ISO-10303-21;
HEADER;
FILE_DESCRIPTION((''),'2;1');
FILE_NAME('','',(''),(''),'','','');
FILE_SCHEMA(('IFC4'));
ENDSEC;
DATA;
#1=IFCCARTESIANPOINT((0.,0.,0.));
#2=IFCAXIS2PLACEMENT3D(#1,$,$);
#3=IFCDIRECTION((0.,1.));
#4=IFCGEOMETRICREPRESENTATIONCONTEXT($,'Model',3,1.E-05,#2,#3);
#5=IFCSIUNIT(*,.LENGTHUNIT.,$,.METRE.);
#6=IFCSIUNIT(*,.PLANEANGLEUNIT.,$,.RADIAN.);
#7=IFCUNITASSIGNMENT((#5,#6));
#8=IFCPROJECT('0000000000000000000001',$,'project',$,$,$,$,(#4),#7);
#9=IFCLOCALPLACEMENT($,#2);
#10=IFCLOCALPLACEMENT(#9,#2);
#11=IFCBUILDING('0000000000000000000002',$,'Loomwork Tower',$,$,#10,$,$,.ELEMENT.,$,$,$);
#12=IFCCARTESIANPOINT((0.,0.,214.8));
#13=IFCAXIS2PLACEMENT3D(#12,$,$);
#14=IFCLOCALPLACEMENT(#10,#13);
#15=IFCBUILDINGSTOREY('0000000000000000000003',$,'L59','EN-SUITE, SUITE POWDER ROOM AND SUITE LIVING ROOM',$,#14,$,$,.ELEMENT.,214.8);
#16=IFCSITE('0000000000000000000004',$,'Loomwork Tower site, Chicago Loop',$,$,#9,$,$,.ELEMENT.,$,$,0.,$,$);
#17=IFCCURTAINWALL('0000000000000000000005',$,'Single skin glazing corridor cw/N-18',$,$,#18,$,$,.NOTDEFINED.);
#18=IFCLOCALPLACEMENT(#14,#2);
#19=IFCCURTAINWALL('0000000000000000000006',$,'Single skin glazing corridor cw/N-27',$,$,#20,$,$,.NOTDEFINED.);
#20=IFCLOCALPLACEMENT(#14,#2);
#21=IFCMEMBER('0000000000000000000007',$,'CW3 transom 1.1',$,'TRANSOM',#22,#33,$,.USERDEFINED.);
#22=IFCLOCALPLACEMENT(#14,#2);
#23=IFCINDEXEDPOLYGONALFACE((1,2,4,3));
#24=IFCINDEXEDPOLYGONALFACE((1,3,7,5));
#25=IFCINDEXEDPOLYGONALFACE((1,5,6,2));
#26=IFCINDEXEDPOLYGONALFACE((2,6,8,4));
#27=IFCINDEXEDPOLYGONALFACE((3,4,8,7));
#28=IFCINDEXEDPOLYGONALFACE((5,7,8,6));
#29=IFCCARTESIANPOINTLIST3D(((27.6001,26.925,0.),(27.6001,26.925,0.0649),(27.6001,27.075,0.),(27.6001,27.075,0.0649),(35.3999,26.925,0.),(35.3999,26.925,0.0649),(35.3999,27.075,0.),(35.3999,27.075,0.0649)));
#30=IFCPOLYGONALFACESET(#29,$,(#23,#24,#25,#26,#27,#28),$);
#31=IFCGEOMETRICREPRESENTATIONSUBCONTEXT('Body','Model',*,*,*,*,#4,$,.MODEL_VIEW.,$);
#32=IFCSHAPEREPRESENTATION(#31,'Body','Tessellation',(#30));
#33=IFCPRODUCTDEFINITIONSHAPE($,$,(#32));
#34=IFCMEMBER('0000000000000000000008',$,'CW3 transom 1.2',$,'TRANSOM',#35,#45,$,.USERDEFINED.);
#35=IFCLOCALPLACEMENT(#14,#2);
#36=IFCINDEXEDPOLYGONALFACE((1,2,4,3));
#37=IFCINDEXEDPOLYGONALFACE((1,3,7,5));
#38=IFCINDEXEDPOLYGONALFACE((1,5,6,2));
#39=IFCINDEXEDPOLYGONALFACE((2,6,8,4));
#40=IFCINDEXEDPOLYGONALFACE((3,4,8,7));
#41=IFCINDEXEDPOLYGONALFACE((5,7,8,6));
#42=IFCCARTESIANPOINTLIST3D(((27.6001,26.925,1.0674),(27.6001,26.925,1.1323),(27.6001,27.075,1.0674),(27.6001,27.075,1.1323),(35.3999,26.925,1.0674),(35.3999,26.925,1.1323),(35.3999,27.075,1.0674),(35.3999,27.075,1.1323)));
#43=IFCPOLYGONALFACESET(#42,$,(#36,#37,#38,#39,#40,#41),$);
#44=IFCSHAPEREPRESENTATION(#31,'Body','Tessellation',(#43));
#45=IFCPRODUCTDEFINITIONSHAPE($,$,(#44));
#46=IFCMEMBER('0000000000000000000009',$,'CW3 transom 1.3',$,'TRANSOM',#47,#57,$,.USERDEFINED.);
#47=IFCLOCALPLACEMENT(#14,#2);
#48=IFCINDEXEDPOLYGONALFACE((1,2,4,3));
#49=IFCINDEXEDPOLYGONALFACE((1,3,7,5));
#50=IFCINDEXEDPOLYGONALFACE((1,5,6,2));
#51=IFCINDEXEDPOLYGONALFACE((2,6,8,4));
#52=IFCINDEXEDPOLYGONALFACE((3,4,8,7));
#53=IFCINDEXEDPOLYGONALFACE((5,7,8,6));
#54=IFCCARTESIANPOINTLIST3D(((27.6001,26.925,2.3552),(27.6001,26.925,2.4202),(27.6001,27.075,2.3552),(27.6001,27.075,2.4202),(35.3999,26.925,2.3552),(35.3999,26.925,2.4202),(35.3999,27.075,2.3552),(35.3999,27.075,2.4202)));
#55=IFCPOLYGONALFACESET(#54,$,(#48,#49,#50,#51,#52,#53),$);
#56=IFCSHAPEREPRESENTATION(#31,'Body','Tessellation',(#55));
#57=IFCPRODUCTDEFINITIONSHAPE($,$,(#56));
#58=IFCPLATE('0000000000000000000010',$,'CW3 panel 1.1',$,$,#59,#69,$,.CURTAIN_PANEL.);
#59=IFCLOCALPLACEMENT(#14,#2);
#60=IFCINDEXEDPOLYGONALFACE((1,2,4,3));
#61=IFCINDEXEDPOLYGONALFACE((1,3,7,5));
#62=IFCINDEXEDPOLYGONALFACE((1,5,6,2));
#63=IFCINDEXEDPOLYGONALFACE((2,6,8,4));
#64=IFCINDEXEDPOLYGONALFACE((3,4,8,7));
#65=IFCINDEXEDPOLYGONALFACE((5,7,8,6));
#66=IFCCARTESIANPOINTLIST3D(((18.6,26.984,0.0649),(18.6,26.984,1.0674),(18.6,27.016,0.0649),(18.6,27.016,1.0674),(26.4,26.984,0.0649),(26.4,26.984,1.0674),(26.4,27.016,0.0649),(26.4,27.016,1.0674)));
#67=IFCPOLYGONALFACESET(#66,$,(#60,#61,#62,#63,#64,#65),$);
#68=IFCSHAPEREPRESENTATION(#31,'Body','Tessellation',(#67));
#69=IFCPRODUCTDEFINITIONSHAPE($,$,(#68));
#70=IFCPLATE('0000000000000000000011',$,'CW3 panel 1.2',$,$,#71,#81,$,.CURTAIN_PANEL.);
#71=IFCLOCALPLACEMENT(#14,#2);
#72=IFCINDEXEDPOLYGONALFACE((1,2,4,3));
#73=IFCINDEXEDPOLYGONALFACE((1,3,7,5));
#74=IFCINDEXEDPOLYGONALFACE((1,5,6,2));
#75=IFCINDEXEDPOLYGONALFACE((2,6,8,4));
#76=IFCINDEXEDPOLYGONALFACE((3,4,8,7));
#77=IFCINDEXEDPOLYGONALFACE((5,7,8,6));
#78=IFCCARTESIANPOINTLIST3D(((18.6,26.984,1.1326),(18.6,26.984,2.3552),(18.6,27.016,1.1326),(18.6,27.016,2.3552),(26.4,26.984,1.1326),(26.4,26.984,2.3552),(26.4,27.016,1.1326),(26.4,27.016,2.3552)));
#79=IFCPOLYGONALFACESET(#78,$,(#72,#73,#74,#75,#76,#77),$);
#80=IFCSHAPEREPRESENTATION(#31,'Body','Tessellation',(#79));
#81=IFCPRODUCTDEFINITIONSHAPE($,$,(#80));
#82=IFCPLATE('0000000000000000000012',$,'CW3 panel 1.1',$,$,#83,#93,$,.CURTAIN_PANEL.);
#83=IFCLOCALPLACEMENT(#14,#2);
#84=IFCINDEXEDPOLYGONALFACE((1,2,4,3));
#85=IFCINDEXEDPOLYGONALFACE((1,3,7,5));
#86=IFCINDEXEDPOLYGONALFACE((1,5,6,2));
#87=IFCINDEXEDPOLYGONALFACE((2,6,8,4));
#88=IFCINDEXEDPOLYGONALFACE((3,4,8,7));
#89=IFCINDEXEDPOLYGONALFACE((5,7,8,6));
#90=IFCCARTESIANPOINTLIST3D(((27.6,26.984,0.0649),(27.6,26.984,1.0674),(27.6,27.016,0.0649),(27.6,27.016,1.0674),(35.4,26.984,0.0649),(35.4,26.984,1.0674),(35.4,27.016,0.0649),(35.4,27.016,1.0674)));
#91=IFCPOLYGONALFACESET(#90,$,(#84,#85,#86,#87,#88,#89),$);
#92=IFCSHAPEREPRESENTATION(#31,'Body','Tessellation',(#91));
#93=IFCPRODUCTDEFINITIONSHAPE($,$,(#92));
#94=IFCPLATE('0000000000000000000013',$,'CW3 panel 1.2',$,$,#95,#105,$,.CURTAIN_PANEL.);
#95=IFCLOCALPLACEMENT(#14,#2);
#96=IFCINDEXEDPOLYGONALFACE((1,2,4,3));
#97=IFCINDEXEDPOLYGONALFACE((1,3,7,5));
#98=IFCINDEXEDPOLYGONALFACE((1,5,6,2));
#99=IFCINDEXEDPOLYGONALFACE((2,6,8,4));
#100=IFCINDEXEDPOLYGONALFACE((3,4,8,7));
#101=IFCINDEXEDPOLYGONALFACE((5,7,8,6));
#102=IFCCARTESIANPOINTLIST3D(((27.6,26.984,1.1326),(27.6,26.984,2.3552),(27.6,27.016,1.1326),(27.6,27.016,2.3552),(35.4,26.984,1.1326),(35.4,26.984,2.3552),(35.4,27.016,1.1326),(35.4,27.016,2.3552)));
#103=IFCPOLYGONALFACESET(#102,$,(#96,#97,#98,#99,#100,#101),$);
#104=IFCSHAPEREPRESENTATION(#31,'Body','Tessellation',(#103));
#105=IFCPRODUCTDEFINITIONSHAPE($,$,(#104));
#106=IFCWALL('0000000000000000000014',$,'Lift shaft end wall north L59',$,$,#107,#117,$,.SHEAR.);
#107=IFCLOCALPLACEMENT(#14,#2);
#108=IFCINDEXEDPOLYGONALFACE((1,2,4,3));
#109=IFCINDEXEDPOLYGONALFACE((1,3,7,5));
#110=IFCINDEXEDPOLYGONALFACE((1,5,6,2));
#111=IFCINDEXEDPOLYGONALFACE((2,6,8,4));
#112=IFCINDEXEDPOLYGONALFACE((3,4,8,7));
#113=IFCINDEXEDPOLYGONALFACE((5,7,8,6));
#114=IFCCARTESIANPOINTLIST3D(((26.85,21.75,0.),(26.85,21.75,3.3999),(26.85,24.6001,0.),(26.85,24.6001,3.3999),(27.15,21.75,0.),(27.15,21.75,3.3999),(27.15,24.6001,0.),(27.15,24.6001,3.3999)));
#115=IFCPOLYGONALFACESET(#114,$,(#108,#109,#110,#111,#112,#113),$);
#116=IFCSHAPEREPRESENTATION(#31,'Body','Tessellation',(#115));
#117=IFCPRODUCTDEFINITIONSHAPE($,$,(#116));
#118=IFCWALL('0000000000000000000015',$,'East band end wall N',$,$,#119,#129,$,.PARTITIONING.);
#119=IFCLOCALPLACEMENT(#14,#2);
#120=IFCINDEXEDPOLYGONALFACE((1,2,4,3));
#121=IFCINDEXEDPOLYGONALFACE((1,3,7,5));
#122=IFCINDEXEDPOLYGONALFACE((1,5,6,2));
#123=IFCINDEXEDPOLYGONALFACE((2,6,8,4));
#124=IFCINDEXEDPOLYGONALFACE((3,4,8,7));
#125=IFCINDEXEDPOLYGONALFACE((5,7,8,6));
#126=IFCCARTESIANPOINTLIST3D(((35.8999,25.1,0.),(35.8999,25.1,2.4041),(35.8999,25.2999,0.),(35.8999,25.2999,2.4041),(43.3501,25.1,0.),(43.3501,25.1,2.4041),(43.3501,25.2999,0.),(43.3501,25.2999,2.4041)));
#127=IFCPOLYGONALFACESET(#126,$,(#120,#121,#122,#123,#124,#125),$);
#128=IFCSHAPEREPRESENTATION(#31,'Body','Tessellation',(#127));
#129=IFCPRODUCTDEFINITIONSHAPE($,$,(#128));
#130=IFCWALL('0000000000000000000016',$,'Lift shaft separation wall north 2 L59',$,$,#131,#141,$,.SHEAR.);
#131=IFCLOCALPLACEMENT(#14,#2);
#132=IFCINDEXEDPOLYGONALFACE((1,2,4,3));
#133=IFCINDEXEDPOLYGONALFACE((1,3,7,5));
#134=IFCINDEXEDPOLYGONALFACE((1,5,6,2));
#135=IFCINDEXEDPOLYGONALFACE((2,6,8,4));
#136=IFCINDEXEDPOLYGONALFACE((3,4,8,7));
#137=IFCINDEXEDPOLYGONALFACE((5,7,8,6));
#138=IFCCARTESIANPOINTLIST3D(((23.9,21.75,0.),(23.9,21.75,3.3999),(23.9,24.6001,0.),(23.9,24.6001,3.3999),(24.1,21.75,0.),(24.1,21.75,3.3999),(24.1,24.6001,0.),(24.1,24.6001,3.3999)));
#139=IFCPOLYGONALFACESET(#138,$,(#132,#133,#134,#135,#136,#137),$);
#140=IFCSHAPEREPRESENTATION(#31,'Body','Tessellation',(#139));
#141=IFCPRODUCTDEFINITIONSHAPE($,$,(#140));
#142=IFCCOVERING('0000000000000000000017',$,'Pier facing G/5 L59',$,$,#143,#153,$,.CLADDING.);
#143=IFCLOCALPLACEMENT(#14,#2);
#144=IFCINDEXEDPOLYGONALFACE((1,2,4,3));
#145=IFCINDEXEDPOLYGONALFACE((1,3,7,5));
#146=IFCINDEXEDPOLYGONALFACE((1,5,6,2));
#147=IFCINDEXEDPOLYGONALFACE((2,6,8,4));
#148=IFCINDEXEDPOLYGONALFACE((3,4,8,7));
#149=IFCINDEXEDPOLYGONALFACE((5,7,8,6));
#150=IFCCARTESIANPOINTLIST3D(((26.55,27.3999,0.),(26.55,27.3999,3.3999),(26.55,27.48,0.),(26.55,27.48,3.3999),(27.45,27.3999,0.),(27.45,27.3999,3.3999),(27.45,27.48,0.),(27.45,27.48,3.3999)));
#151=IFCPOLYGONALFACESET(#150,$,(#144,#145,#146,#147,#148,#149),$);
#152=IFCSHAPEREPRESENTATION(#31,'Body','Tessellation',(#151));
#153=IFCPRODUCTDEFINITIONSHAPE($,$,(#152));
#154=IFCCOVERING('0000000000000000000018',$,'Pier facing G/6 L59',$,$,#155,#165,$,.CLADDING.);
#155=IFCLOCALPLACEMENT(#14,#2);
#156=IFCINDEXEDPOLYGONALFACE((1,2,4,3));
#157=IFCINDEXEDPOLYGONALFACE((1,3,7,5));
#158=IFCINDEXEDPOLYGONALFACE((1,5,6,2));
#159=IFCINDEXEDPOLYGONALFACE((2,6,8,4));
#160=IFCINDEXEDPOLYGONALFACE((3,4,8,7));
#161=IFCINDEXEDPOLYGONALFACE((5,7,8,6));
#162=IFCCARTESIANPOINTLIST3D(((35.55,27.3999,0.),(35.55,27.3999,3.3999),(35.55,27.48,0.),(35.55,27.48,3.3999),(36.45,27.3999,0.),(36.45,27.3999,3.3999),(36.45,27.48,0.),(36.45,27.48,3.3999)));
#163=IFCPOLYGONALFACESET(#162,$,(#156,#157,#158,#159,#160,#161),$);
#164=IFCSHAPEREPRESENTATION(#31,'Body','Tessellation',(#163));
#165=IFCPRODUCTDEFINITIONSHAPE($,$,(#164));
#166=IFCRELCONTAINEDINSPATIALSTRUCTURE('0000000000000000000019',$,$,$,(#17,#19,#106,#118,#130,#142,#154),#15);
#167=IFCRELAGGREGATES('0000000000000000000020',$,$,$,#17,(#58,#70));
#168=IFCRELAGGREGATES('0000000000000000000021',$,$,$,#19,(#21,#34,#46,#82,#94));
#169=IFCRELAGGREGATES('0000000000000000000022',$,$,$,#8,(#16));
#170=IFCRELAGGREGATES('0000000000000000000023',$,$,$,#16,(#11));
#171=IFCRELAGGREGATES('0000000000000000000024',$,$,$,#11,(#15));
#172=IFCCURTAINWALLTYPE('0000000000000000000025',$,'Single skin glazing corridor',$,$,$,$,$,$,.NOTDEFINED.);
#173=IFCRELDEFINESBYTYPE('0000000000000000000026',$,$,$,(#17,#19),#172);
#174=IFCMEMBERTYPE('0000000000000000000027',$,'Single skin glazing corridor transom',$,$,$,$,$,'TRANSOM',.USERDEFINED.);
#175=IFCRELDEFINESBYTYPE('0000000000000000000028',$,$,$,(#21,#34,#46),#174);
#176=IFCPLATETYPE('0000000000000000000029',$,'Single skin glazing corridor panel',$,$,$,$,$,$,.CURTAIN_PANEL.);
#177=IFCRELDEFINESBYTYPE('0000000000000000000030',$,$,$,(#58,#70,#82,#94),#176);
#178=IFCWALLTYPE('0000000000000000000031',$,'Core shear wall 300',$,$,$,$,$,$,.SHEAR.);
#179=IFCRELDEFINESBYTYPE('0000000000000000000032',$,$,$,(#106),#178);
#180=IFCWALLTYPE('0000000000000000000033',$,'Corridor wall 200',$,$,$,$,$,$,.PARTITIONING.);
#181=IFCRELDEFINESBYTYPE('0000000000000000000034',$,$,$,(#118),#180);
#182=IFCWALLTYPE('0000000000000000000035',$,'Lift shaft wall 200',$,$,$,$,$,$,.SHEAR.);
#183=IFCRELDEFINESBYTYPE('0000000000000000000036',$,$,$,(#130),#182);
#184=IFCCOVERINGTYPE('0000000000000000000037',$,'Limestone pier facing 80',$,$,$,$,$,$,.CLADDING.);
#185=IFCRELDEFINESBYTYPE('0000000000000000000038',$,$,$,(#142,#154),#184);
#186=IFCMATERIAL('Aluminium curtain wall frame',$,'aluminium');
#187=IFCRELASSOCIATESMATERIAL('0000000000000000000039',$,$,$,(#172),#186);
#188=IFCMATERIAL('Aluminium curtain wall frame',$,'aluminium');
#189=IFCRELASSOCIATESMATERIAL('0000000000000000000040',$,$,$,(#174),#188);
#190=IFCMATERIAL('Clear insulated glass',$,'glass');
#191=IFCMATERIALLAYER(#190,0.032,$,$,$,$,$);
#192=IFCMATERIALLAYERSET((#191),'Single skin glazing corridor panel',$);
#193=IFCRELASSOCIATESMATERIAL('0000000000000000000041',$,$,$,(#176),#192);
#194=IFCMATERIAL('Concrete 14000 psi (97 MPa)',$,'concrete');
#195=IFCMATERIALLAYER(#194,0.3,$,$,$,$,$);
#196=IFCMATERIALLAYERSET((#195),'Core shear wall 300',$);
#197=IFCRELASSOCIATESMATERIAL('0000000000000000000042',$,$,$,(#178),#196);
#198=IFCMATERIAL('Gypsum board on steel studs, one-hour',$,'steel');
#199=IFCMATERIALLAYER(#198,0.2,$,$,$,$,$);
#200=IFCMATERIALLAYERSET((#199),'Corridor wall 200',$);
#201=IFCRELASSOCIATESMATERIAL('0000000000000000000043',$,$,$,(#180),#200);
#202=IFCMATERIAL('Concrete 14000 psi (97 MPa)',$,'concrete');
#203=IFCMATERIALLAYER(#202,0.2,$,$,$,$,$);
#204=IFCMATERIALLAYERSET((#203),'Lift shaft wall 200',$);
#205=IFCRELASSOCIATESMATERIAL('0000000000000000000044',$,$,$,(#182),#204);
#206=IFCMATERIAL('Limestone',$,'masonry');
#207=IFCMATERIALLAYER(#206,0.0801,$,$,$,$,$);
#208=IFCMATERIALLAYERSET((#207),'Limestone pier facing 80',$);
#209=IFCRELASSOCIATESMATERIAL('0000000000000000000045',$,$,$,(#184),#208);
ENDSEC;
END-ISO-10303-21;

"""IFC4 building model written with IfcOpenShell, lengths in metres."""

from ifc_helpers import new_model, si_unit, direction, frame, frame_2d, origin, origin_2d, place, context, subcontext, project, spatial, rectangle, extrude, material, layer, layer_set, material_profile, profile_set, type_object, element, aggregate, save


model = new_model("IFC4")

# Units and contexts
model_context = context("Model", 3, precision=1e-05, world=origin(), true_north=direction((0.0, 1.0)))
body_context = subcontext(model_context, "Body", "Model", "MODEL_VIEW")
ifc_project = project(units=[si_unit("LENGTHUNIT", "METRE"), si_unit("PLANEANGLEUNIT", "RADIAN")], contexts=[model_context])

# Site, building, storey
site_placement = place(None, origin())
site = spatial("IfcSite", under=ifc_project, at=site_placement, Name="Loomwork Tower site, Chicago Loop", CompositionType="ELEMENT", RefElevation=0.0)
building_placement = place(site_placement, origin())
building = spatial("IfcBuilding", under=site, at=building_placement, Name="Loomwork Tower", CompositionType="ELEMENT")
storey_placement = place(building_placement, frame((0.0, 0.0, 214.8)))
storey = spatial("IfcBuildingStorey", under=building, at=storey_placement, Name="L59", Description="EN-SUITE, SUITE POWDER ROOM AND SUITE LIVING ROOM", CompositionType="ELEMENT", Elevation=214.8)

# Curtain wall
ifc_material_1 = material(Name="Aluminium curtain wall frame", Category="aluminium")
curtain_wall_type = type_object("IfcCurtainWallType", Name="Single skin glazing corridor", PredefinedType="NOTDEFINED", material=ifc_material_1)
curtain_wall_1_placement = place(storey_placement, origin())
curtain_wall_1 = element("IfcCurtainWall", 1, at=curtain_wall_1_placement, inside=storey, type_object=curtain_wall_type, Name="Single skin glazing corridor cw/N-18", PredefinedType="NOTDEFINED")

# Curtain wall
curtain_wall_2_placement = place(storey_placement, origin())
curtain_wall_2 = element("IfcCurtainWall", 2, at=curtain_wall_2_placement, inside=storey, type_object=curtain_wall_type, Name="Single skin glazing corridor cw/N-27", PredefinedType="NOTDEFINED")

# Members
ifc_material_2 = material(Name="Aluminium curtain wall frame", Category="aluminium")
ifc_material_profile_1 = material_profile(ifc_material_2, rectangle(XDim=0.1499, YDim=0.0649, at=origin_2d()), Name="AL 65x150")
ifc_profile_set_1 = profile_set([ifc_material_profile_1], Name="Aluminium curtain wall frame")
member_type_1 = type_object("IfcMemberType", Name="Single skin glazing corridor transom", ElementType="TRANSOM", PredefinedType="USERDEFINED", material=ifc_profile_set_1)
member_1_placement = place(storey_placement, frame((35.3999, 27.0, 0.0325), z_axis=(-1.0, 0.0, 0.0), x_axis=(0.0, -1.0, 0.0)))
member_1 = element("IfcMember", 3, at=member_1_placement, type_object=member_type_1, Name="CW3 transom 1.1", ObjectType="TRANSOM", PredefinedType="USERDEFINED", context=body_context, shape_type="SweptSolid", body=[
    extrude(rectangle(XDim=0.1499, YDim=0.0649, at=origin_2d()), origin(), (0.0, 0.0, 1.0), 7.7998),
])
member_2_placement = place(storey_placement, frame((35.3999, 27.0, 1.0999), z_axis=(-1.0, 0.0, 0.0), x_axis=(0.0, -1.0, 0.0)))
member_2 = element("IfcMember", 4, at=member_2_placement, type_object=member_type_1, Name="CW3 transom 1.2", ObjectType="TRANSOM", PredefinedType="USERDEFINED", context=body_context, shape_type="SweptSolid", body=[
    extrude(rectangle(XDim=0.1499, YDim=0.0649, at=origin_2d()), origin(), (0.0, 0.0, 1.0), 7.7998),
])
member_3_placement = place(storey_placement, frame((35.3999, 27.0, 2.3877), z_axis=(-1.0, 0.0, 0.0), x_axis=(0.0, -1.0, 0.0)))
member_3 = element("IfcMember", 5, at=member_3_placement, type_object=member_type_1, Name="CW3 transom 1.3", ObjectType="TRANSOM", PredefinedType="USERDEFINED", context=body_context, shape_type="SweptSolid", body=[
    extrude(rectangle(XDim=0.1499, YDim=0.0649, at=origin_2d()), origin(), (0.0, 0.0, 1.0), 7.7998),
])

# Plates
ifc_material_3 = material(Name="Clear insulated glass", Category="glass")
ifc_layer_1 = layer(ifc_material_3, 0.032)
ifc_layer_set_1 = layer_set([ifc_layer_1], Name="Single skin glazing corridor panel")
plate_type = type_object("IfcPlateType", Name="Single skin glazing corridor panel", PredefinedType="CURTAIN_PANEL", material=ifc_layer_set_1)
plate_1_placement = place(storey_placement, frame((22.5, 27.0, 0.0649), z_axis=(0.0, 0.0, 1.0), x_axis=(-1.0, 0.0, 0.0)))
plate_1 = element("IfcPlate", 6, at=plate_1_placement, type_object=plate_type, Name="CW3 panel 1.1", PredefinedType="CURTAIN_PANEL", context=body_context, shape_type="SweptSolid", body=[
    extrude(rectangle(XDim=7.8, YDim=0.032, at=origin_2d()), origin(), (0.0, 0.0, 1.0), 1.0024),
])
plate_2_placement = place(storey_placement, frame((22.5, 27.0, 1.1326), z_axis=(0.0, 0.0, 1.0), x_axis=(-1.0, 0.0, 0.0)))
plate_2 = element("IfcPlate", 7, at=plate_2_placement, type_object=plate_type, Name="CW3 panel 1.2", PredefinedType="CURTAIN_PANEL", context=body_context, shape_type="SweptSolid", body=[
    extrude(rectangle(XDim=7.8, YDim=0.032, at=origin_2d()), origin(), (0.0, 0.0, 1.0), 1.2227),
])
aggregate(curtain_wall_1, [plate_1, plate_2])
plate_3_placement = place(storey_placement, frame((31.5, 27.0, 0.0649), z_axis=(0.0, 0.0, 1.0), x_axis=(-1.0, 0.0, 0.0)))
plate_3 = element("IfcPlate", 8, at=plate_3_placement, type_object=plate_type, Name="CW3 panel 1.1", PredefinedType="CURTAIN_PANEL", context=body_context, shape_type="SweptSolid", body=[
    extrude(rectangle(XDim=7.8, YDim=0.032, at=origin_2d()), origin(), (0.0, 0.0, 1.0), 1.0024),
])
plate_4_placement = place(storey_placement, frame((31.5, 27.0, 1.1326), z_axis=(0.0, 0.0, 1.0), x_axis=(-1.0, 0.0, 0.0)))
plate_4 = element("IfcPlate", 9, at=plate_4_placement, type_object=plate_type, Name="CW3 panel 1.2", PredefinedType="CURTAIN_PANEL", context=body_context, shape_type="SweptSolid", body=[
    extrude(rectangle(XDim=7.8, YDim=0.032, at=origin_2d()), origin(), (0.0, 0.0, 1.0), 1.2227),
])
aggregate(curtain_wall_2, [member_1, member_2, member_3, plate_3, plate_4])

# Walls
ifc_material_4 = material(Name="Concrete 14000 psi (97 MPa)", Category="concrete")
ifc_layer_2 = layer(ifc_material_4, 0.3)
ifc_layer_set_2 = layer_set([ifc_layer_2], Name="Core shear wall 300")
wall_type_1 = type_object("IfcWallType", Name="Core shear wall 300", PredefinedType="SHEAR", material=ifc_layer_set_2)
wall_1_placement = place(storey_placement, frame((27.0, 21.75, 0.0), z_axis=(0.0, 0.0, 1.0), x_axis=(0.0, 1.0, 0.0)))
element("IfcWall", 10, at=wall_1_placement, inside=storey, type_object=wall_type_1, Name="Lift shaft end wall north L59", PredefinedType="SHEAR", context=body_context, shape_type="SweptSolid", body=[
    extrude(rectangle(XDim=2.8501, YDim=0.3, at=frame_2d((1.425, 0.0))), origin(), (0.0, 0.0, 1.0), 3.3999),
])
ifc_material_5 = material(Name="Gypsum board on steel studs, one-hour", Category="steel")
ifc_layer_3 = layer(ifc_material_5, 0.2)
ifc_layer_set_3 = layer_set([ifc_layer_3], Name="Corridor wall 200")
wall_type_2 = type_object("IfcWallType", Name="Corridor wall 200", PredefinedType="PARTITIONING", material=ifc_layer_set_3)
wall_2_placement = place(storey_placement, frame((35.8999, 25.2, 0.0), z_axis=(0.0, 0.0, 1.0), x_axis=(1.0, 0.0, 0.0)))
element("IfcWall", 11, at=wall_2_placement, inside=storey, type_object=wall_type_2, Name="East band end wall N", PredefinedType="PARTITIONING", context=body_context, shape_type="SweptSolid", body=[
    extrude(rectangle(XDim=7.4502, YDim=0.2, at=frame_2d((3.7251, 0.0))), origin(), (0.0, 0.0, 1.0), 2.4041),
])
ifc_material_6 = material(Name="Concrete 14000 psi (97 MPa)", Category="concrete")
ifc_layer_4 = layer(ifc_material_6, 0.2)
ifc_layer_set_4 = layer_set([ifc_layer_4], Name="Lift shaft wall 200")
wall_type_3 = type_object("IfcWallType", Name="Lift shaft wall 200", PredefinedType="SHEAR", material=ifc_layer_set_4)
wall_3_placement = place(storey_placement, frame((24.0, 21.75, 0.0), z_axis=(0.0, 0.0, 1.0), x_axis=(0.0, 1.0, 0.0)))
element("IfcWall", 12, at=wall_3_placement, inside=storey, type_object=wall_type_3, Name="Lift shaft separation wall north 2 L59", PredefinedType="SHEAR", context=body_context, shape_type="SweptSolid", body=[
    extrude(rectangle(XDim=2.8501, YDim=0.2, at=frame_2d((1.425, 0.0))), origin(), (0.0, 0.0, 1.0), 3.3999),
])

# Coverings
ifc_material_7 = material(Name="Limestone", Category="masonry")
ifc_layer_5 = layer(ifc_material_7, 0.0801)
ifc_layer_set_5 = layer_set([ifc_layer_5], Name="Limestone pier facing 80")
covering_type = type_object("IfcCoveringType", Name="Limestone pier facing 80", PredefinedType="CLADDING", material=ifc_layer_set_5)
for number, where, z_axis, x_axis, name in (
    (13, (27.0, 27.4399, 0.0), (0.0, 0.0, 1.0), (1.0, 0.0, 0.0), "Pier facing G/5 L59"),
    (14, (36.0, 27.4399, 0.0), (0.0, 0.0, 1.0), (1.0, 0.0, 0.0), "Pier facing G/6 L59"),
):
    element("IfcCovering", number, at=place(storey_placement, frame(where, z_axis=z_axis, x_axis=x_axis)), inside=storey, type_object=covering_type, Name=name, PredefinedType="CLADDING", context=body_context, shape_type="SweptSolid", body=[
        extrude(rectangle(XDim=0.8999, YDim=0.0801, at=origin_2d()), origin(), (0.0, 0.0, 1.0), 3.3999),
    ])

save(model, "model.ifc")
